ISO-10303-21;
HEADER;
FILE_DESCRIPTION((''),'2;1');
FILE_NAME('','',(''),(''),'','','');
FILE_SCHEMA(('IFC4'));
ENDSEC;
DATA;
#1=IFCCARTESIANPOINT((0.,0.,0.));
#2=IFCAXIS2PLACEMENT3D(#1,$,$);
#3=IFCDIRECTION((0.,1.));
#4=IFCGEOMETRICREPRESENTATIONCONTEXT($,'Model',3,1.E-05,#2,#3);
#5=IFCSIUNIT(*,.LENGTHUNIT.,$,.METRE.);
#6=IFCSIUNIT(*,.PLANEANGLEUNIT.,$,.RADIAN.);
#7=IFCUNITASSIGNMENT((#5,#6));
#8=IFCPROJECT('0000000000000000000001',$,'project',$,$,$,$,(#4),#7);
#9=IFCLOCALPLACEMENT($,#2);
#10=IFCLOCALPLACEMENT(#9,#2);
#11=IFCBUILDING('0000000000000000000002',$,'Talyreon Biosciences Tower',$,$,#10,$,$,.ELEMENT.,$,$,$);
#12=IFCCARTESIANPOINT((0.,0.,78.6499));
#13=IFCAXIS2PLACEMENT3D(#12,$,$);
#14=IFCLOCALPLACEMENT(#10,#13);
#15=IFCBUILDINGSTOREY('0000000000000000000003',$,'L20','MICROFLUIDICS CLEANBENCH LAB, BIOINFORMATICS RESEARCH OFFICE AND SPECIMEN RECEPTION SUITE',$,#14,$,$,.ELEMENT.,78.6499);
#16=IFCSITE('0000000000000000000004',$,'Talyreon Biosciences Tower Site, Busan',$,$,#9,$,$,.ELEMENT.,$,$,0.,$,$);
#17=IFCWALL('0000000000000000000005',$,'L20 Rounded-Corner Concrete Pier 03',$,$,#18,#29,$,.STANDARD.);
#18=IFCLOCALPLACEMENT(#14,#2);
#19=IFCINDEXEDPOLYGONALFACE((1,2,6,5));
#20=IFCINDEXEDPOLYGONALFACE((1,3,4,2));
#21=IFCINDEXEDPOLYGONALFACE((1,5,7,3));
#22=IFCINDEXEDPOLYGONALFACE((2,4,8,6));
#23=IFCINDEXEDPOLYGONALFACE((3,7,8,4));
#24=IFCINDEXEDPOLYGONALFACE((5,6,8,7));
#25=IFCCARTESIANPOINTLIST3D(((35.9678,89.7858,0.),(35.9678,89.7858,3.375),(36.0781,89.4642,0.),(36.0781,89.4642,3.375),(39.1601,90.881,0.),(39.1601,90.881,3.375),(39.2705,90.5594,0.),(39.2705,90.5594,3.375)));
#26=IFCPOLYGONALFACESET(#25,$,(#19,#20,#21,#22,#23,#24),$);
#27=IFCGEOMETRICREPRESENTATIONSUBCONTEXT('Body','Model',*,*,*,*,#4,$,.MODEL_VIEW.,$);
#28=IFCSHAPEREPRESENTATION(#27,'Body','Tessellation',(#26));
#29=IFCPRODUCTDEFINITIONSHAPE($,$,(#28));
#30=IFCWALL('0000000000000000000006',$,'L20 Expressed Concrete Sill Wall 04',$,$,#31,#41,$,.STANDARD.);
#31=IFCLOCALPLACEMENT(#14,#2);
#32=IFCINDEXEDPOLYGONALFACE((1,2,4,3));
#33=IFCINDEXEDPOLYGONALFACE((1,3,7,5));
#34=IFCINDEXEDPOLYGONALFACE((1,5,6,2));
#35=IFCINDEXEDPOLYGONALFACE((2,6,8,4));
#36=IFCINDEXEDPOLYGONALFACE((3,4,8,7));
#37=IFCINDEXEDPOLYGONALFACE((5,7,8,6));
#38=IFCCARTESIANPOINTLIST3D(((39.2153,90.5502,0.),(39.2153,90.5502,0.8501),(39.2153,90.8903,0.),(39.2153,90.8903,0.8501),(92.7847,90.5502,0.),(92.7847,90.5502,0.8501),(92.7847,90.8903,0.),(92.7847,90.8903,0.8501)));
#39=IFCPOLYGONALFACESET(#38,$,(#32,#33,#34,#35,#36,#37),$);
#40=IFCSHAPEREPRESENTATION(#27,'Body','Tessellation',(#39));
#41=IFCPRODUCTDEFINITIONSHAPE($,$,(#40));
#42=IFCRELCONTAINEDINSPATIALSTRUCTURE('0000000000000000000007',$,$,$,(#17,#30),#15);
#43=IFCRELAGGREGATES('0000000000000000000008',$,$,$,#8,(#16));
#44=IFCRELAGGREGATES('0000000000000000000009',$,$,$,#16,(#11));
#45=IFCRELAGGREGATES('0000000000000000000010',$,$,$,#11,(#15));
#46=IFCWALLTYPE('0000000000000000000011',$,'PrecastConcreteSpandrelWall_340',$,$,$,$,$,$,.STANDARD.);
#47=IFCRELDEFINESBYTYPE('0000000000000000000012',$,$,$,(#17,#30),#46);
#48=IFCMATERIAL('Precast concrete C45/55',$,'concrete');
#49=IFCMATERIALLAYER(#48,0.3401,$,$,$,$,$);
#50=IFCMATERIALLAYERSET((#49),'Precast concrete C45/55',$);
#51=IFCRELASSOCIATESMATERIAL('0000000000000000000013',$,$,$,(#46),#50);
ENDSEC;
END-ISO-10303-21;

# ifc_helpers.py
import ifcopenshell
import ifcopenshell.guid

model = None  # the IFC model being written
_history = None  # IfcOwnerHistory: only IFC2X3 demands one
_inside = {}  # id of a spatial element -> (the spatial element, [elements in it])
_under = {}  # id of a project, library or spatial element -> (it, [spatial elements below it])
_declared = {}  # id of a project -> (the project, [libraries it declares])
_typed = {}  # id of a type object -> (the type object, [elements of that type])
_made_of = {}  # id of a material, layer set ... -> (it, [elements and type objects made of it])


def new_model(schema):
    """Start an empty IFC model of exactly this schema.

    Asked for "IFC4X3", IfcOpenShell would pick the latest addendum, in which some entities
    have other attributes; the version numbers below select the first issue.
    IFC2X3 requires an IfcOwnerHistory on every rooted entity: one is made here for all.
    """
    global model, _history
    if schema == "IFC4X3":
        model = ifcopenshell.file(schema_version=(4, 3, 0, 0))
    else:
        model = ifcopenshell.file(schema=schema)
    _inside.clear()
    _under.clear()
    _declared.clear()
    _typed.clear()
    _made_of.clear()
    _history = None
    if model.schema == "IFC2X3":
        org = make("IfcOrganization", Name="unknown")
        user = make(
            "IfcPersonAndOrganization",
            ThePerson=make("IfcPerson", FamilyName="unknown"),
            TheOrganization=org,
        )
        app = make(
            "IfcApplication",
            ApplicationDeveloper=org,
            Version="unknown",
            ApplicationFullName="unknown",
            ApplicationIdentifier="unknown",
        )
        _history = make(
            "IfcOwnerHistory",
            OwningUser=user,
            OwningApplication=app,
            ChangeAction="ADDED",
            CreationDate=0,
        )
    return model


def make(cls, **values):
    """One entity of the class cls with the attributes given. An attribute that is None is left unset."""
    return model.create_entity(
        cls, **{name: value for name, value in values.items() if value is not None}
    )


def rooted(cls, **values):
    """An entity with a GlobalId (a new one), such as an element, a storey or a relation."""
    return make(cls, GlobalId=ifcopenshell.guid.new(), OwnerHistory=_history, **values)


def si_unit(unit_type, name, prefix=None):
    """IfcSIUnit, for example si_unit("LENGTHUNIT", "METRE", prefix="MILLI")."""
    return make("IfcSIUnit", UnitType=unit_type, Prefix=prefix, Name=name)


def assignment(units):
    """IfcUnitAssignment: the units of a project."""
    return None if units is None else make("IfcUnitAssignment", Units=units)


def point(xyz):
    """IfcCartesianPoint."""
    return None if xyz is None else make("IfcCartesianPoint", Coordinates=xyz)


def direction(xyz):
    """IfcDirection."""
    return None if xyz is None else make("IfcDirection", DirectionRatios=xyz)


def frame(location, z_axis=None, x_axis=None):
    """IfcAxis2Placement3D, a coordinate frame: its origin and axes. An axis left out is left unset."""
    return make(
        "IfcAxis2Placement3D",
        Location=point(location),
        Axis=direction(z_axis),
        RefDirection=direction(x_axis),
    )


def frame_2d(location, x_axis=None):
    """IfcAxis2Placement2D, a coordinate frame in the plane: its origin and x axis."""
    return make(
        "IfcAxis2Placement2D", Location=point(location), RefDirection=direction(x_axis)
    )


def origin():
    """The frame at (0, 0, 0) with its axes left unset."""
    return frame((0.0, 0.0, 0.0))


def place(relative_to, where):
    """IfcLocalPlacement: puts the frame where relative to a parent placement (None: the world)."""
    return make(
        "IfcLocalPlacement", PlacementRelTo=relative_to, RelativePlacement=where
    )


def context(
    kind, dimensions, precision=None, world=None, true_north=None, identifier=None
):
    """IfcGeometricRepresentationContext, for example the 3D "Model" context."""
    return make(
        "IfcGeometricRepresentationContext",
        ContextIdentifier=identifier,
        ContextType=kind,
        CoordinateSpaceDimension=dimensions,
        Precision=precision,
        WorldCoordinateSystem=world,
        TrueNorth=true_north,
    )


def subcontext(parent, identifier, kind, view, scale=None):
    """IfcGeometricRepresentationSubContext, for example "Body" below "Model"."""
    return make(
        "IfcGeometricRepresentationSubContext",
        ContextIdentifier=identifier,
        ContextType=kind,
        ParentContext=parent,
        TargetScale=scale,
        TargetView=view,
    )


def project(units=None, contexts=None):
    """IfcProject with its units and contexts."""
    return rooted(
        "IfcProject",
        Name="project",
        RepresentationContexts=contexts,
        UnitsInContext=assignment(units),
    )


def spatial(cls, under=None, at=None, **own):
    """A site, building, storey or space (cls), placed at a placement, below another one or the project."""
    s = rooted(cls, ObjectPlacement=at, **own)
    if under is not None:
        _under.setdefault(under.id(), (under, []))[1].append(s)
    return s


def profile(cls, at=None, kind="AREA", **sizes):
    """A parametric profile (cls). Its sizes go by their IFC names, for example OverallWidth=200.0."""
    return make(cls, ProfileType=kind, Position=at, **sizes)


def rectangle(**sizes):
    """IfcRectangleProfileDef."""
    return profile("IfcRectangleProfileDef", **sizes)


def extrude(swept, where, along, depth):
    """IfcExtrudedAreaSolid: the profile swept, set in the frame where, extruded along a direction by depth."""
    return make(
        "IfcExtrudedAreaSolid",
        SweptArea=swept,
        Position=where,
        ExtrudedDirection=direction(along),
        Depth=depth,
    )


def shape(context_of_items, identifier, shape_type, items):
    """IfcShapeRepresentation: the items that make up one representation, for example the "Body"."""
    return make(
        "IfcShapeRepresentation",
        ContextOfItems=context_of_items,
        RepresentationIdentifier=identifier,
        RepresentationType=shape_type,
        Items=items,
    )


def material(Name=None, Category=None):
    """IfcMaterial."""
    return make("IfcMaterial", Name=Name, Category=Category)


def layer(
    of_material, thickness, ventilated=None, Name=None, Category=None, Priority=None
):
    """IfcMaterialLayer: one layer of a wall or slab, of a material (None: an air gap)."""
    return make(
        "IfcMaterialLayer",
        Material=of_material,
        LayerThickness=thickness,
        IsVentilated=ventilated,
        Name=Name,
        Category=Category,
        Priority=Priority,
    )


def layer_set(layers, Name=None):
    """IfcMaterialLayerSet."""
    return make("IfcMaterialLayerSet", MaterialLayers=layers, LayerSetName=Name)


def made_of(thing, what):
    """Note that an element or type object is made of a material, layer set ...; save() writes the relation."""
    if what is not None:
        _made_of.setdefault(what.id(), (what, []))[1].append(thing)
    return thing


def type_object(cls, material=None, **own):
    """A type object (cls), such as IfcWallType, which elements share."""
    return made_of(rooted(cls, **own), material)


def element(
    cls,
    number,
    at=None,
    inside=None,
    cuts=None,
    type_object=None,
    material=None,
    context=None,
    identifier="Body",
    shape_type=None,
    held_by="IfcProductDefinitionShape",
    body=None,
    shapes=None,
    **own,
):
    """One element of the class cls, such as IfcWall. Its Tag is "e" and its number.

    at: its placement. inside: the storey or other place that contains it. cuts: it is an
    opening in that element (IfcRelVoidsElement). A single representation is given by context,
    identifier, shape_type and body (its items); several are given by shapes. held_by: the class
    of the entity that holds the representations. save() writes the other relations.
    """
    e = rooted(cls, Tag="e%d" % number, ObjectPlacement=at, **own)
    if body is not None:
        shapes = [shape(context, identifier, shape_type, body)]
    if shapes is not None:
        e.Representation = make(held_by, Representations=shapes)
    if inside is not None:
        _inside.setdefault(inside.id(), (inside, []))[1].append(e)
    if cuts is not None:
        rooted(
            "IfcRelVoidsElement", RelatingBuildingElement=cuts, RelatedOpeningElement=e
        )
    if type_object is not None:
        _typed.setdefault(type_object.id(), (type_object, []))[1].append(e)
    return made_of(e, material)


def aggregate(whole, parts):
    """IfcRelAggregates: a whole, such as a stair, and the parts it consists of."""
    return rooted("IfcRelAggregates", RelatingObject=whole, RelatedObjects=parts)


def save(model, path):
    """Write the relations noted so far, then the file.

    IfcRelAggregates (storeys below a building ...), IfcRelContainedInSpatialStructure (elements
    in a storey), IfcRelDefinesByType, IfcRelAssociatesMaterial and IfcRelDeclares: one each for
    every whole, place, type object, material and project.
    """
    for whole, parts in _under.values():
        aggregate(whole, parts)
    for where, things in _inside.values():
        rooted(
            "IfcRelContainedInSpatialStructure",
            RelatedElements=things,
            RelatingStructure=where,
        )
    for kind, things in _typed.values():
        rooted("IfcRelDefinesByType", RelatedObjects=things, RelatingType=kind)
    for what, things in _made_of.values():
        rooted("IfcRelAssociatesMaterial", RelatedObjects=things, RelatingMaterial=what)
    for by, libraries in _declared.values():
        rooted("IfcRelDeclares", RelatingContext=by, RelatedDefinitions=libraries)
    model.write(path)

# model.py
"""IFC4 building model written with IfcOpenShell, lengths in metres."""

from ifc_helpers import new_model, si_unit, direction, frame, frame_2d, origin, place, context, subcontext, project, spatial, rectangle, extrude, material, layer, layer_set, type_object, element, save


model = new_model("IFC4")

# Units and contexts
model_context = context("Model", 3, precision=1e-05, world=origin(), true_north=direction((0.0, 1.0)))
body_context = subcontext(model_context, "Body", "Model", "MODEL_VIEW")
ifc_project = project(units=[si_unit("LENGTHUNIT", "METRE"), si_unit("PLANEANGLEUNIT", "RADIAN")], contexts=[model_context])

# Site, building, storey
site_placement = place(None, origin())
site = spatial("IfcSite", under=ifc_project, at=site_placement, Name="Talyreon Biosciences Tower Site, Busan", CompositionType="ELEMENT", RefElevation=0.0)
building_placement = place(site_placement, origin())
building = spatial("IfcBuilding", under=site, at=building_placement, Name="Talyreon Biosciences Tower", CompositionType="ELEMENT")
storey_placement = place(building_placement, frame((0.0, 0.0, 78.6499)))
storey = spatial("IfcBuildingStorey", under=building, at=storey_placement, Name="L20", Description="MICROFLUIDICS CLEANBENCH LAB, BIOINFORMATICS RESEARCH OFFICE AND SPECIMEN RECEPTION SUITE", CompositionType="ELEMENT", Elevation=78.6499)

# Shared definitions
ifc_material_1 = material(Name="Precast concrete C45/55", Category="concrete")

# Walls
ifc_layer_1 = layer(ifc_material_1, 0.3401)
ifc_layer_set_1 = layer_set([ifc_layer_1], Name="Precast concrete C45/55")
wall_type_1 = type_object("IfcWallType", Name="PrecastConcreteSpandrelWall_340", PredefinedType="STANDARD", material=ifc_layer_set_1)
for number, where, z_axis, x_axis, name in (
    (1, (36.0229, 89.625, 0.0), (0.0, 0.0, 1.0), (0.945884, 0.324506, 0.0), "L20 Rounded-Corner Concrete Pier 03"),
):
    element("IfcWall", number, at=place(storey_placement, frame(where, z_axis=z_axis, x_axis=x_axis)), inside=storey, type_object=wall_type_1, Name=name, PredefinedType="STANDARD", context=body_context, shape_type="SweptSolid", body=[
        extrude(rectangle(XDim=3.375, YDim=0.3401, at=frame_2d((1.6875, 0.0))), origin(), (0.0, 0.0, 1.0), 3.375),
    ])
wall_1_placement = place(storey_placement, frame((39.2153, 90.7202, 0.0), z_axis=(0.0, 0.0, 1.0), x_axis=(1.0, 0.0, 0.0)))
element("IfcWall", 2, at=wall_1_placement, inside=storey, type_object=wall_type_1, Name="L20 Expressed Concrete Sill Wall 04", PredefinedType="STANDARD", context=body_context, shape_type="SweptSolid", body=[
    extrude(rectangle(XDim=53.5693, YDim=0.3401, at=frame_2d((26.7847, 0.0))), origin(), (0.0, 0.0, 1.0), 0.8501),
])

save(model, "model.ifc")
